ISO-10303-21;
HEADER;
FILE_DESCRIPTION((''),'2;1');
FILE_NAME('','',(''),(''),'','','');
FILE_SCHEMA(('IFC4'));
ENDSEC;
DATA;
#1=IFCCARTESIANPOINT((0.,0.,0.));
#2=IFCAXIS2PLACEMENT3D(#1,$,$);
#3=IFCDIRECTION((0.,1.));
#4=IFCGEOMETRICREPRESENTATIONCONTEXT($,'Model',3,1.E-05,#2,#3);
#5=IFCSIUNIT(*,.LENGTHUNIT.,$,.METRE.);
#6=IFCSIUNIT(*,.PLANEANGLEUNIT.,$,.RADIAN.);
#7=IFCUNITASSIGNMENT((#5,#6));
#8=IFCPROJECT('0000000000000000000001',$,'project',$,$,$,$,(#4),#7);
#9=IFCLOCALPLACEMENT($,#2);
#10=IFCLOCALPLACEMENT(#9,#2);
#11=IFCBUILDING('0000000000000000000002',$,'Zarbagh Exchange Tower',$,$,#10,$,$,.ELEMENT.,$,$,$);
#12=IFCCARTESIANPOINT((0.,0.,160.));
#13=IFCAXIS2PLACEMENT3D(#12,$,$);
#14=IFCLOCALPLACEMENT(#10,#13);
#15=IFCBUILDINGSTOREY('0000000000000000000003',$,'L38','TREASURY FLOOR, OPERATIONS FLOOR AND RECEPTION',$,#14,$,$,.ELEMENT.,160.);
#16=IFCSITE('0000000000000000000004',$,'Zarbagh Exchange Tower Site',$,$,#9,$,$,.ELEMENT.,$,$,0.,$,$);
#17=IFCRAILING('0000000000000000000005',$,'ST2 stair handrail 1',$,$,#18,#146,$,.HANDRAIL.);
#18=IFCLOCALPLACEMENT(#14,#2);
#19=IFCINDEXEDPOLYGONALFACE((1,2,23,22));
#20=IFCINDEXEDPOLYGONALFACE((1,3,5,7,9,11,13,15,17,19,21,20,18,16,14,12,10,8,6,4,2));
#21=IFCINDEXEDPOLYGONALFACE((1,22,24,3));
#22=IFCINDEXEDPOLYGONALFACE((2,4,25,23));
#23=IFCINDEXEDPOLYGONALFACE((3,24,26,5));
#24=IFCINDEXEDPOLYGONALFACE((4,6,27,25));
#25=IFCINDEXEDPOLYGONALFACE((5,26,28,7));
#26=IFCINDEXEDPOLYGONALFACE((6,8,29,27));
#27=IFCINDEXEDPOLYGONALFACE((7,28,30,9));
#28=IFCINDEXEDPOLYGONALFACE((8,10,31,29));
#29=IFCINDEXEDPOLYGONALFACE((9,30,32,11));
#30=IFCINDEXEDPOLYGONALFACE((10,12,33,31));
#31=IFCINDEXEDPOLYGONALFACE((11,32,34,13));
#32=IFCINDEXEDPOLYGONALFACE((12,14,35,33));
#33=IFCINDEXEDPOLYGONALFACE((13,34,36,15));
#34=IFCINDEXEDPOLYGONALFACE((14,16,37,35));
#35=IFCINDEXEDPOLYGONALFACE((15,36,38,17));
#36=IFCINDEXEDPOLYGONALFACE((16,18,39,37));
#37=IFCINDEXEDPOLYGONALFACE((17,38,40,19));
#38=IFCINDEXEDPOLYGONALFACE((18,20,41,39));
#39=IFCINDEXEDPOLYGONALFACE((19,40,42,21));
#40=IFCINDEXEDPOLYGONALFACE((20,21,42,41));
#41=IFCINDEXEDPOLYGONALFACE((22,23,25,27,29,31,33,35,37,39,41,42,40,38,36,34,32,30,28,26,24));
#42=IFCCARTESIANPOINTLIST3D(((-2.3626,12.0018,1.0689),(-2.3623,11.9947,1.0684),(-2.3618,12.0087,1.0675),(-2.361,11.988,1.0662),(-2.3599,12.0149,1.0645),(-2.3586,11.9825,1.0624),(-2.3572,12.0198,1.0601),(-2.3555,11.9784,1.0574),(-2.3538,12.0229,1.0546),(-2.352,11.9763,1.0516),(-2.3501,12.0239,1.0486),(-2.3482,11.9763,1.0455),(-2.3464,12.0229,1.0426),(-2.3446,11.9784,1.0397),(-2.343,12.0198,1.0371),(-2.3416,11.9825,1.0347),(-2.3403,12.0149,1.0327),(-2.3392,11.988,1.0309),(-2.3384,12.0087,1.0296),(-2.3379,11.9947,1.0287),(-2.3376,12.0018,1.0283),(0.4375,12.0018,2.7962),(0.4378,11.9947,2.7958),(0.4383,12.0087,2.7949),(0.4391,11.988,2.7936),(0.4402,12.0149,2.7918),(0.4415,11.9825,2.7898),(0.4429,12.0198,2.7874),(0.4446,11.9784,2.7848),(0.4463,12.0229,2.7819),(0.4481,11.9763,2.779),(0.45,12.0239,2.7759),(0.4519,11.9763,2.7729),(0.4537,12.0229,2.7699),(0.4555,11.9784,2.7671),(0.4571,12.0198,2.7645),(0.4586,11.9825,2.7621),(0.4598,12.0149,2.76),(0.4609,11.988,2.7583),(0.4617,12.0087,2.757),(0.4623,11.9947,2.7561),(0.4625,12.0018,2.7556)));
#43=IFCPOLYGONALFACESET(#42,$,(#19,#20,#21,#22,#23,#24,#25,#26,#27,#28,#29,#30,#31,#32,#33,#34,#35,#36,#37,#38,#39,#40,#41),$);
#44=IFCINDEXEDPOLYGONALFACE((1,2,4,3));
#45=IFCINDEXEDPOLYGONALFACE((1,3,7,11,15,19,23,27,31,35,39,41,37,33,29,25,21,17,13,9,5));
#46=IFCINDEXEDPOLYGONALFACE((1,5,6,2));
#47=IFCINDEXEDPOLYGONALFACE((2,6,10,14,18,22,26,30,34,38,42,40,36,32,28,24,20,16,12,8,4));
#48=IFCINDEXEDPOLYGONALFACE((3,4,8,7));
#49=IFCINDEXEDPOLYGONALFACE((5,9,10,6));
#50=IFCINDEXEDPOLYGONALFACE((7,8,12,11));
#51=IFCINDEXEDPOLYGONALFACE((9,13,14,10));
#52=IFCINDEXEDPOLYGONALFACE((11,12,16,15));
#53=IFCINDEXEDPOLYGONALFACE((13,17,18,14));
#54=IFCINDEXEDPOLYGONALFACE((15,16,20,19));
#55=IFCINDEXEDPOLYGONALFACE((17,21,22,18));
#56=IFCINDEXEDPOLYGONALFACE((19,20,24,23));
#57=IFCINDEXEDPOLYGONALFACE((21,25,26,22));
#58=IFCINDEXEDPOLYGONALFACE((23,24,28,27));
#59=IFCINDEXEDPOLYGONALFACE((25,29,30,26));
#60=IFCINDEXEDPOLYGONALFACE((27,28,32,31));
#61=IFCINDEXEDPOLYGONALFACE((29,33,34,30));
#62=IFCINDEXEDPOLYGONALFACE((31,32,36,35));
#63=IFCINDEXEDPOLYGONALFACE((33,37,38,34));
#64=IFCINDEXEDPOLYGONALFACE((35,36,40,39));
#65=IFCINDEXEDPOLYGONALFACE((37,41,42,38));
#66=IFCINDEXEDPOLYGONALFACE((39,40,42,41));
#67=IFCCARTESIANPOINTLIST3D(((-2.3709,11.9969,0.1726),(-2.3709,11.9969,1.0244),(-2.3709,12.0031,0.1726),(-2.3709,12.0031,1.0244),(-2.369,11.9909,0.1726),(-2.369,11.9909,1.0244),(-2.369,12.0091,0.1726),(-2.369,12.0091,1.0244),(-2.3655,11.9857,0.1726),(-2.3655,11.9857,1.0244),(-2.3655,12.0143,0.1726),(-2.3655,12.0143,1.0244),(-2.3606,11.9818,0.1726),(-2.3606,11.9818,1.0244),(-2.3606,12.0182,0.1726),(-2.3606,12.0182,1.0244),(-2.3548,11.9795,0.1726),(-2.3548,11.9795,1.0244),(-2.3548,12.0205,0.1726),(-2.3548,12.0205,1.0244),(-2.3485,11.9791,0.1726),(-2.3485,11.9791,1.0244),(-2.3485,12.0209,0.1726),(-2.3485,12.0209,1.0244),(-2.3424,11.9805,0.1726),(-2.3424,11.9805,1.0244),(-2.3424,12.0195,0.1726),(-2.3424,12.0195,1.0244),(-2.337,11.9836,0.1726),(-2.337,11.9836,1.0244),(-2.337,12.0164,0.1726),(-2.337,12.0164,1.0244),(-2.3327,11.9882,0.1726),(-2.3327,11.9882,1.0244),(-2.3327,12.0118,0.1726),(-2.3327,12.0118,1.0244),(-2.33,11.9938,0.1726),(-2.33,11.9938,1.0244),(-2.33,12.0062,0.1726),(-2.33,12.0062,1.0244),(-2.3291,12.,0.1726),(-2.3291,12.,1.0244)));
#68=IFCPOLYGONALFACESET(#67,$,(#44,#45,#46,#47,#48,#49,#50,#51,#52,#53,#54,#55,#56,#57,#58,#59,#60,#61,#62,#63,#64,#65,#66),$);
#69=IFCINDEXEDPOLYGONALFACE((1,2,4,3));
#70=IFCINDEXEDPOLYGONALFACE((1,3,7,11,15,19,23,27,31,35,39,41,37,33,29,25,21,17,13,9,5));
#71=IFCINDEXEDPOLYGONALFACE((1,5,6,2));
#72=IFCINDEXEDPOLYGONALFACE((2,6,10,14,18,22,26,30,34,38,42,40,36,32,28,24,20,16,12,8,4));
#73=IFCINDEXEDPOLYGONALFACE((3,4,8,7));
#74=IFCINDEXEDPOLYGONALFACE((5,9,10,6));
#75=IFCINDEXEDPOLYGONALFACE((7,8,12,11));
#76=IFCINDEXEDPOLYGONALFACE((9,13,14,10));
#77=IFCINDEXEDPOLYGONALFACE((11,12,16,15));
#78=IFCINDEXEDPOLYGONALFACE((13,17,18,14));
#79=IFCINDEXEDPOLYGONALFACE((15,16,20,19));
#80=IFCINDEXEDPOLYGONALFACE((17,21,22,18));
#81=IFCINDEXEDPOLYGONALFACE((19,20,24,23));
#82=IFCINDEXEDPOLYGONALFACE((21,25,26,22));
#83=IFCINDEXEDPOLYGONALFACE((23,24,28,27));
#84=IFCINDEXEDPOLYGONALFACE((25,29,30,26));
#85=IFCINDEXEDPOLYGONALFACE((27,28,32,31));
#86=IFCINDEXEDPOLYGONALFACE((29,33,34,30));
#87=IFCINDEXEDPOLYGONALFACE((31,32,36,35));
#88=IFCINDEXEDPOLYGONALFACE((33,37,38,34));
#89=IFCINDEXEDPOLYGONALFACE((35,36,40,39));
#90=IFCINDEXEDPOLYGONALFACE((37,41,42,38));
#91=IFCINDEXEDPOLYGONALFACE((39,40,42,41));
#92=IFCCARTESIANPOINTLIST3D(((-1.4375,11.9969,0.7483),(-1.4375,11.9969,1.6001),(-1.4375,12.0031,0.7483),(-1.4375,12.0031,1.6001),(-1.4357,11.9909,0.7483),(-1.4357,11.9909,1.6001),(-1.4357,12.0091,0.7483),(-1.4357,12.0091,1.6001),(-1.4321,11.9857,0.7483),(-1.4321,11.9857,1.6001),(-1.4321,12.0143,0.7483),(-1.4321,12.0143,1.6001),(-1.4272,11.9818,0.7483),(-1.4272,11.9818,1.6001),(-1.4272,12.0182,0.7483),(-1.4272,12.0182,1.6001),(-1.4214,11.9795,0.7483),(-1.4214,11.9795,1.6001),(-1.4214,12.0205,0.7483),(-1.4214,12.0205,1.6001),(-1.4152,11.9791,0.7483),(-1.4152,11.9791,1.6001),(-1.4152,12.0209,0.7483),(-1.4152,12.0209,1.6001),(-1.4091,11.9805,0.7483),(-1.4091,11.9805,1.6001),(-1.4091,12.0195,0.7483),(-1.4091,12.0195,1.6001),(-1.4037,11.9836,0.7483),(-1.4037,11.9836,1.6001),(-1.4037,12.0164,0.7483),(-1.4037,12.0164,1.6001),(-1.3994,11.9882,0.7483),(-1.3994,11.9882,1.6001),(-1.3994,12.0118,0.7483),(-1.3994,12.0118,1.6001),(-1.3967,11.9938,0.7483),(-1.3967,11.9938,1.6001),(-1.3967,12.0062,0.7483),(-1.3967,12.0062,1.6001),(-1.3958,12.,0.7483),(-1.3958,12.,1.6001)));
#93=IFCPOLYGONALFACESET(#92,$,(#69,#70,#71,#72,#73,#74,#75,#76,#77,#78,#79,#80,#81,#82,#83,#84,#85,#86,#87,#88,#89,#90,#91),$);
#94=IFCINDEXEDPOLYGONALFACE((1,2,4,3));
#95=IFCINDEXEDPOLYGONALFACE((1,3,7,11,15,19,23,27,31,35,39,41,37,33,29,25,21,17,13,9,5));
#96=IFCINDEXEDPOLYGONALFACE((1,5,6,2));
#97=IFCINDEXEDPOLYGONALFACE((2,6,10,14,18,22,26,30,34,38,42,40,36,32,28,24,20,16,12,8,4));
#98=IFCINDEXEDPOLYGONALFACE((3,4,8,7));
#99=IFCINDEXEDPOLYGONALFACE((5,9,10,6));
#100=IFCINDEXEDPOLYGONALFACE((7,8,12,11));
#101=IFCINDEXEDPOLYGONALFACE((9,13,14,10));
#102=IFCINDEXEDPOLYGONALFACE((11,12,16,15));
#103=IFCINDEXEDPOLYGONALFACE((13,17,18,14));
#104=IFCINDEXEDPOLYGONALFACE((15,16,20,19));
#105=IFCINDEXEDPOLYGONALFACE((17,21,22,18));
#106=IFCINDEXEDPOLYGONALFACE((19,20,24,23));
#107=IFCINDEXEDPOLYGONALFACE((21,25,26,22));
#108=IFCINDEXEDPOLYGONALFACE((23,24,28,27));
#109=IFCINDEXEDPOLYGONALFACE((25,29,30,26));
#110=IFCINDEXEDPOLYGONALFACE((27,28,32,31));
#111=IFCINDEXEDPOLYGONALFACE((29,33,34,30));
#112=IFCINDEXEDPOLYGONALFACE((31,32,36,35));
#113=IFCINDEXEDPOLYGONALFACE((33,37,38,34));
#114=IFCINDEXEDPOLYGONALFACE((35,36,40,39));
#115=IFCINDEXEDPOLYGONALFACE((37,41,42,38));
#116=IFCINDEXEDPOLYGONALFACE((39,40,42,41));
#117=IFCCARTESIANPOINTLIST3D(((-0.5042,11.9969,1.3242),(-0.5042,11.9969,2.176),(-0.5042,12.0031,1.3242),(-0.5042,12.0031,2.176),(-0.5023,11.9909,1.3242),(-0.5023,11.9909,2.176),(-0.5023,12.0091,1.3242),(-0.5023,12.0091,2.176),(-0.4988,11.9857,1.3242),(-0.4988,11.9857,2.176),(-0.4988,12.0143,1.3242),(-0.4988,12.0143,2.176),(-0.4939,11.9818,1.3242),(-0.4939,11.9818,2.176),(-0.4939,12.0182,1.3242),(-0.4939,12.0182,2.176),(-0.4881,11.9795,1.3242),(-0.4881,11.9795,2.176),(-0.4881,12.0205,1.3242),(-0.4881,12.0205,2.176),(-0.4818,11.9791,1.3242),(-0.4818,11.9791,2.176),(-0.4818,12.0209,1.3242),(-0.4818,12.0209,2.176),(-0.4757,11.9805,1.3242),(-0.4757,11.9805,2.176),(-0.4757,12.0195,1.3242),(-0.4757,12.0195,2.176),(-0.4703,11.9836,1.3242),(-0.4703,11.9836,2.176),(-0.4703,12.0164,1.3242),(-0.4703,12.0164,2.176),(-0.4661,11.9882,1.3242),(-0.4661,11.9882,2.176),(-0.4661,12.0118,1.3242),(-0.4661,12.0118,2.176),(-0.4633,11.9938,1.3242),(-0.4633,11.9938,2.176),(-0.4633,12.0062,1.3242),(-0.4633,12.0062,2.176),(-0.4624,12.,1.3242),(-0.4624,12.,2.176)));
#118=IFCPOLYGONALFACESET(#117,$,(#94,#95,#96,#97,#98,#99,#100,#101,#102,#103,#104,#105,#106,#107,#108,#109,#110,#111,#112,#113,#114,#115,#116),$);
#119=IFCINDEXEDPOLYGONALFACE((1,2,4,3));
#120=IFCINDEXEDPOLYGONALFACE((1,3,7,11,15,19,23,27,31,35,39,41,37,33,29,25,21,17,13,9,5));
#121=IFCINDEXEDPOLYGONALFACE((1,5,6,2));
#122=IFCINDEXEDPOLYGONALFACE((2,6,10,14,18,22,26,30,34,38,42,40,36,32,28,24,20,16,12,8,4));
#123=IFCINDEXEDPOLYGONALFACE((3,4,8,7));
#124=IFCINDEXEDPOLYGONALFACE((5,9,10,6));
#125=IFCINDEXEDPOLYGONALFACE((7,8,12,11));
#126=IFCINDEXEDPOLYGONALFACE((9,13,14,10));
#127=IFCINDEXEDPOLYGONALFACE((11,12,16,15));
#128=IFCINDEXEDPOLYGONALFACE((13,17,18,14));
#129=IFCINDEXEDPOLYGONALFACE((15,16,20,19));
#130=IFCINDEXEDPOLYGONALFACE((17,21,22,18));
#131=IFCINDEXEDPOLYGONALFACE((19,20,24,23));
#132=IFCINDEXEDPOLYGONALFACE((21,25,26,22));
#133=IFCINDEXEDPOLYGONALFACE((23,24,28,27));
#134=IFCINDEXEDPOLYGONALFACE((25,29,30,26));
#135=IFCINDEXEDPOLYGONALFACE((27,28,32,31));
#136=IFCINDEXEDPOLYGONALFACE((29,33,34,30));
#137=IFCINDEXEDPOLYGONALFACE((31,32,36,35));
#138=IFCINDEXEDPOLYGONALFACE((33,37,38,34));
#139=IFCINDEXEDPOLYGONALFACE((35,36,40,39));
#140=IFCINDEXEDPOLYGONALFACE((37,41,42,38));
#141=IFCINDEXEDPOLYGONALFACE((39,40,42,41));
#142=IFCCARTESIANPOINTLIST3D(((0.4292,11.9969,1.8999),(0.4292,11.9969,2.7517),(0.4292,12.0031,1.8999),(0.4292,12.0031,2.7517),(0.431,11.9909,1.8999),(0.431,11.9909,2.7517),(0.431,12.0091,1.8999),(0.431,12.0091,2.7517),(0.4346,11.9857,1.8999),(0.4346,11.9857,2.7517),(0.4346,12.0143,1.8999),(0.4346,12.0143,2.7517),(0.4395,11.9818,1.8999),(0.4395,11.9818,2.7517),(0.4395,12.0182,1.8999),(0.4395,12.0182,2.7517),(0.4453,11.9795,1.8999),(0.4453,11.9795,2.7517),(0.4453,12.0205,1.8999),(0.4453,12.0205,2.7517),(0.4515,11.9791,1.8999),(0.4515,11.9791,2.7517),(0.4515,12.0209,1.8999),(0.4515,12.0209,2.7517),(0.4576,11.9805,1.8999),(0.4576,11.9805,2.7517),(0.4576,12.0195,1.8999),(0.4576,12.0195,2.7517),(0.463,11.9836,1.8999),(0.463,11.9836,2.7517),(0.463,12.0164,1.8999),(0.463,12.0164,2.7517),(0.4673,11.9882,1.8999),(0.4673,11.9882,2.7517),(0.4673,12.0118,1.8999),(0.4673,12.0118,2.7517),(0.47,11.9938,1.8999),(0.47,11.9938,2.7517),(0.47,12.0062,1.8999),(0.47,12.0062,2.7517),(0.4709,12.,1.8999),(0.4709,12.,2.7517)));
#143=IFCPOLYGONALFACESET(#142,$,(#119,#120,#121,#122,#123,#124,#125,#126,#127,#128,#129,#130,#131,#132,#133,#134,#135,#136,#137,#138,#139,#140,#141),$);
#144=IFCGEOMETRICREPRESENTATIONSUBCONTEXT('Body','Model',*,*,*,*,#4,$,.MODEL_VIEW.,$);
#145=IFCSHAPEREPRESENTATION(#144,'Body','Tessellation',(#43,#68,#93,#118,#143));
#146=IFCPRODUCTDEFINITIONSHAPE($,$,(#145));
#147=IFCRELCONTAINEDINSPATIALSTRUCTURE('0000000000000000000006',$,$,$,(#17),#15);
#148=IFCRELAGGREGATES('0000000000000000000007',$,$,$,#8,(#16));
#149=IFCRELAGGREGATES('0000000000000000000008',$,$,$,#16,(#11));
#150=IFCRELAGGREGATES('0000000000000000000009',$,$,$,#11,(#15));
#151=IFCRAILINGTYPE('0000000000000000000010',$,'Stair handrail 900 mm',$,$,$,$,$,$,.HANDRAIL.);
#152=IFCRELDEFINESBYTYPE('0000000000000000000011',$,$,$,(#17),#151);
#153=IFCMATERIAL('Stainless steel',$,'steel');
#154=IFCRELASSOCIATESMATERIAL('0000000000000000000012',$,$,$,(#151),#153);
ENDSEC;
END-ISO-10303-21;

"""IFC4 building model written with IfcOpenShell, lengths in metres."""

from ifc_helpers import new_model, si_unit, direction, frame, origin, origin_2d, place, context, subcontext, project, spatial, circle, extrude, material, type_object, element, save


model = new_model("IFC4")

# Units and contexts
model_context = context("Model", 3, precision=1e-05, world=origin(), true_north=direction((0.0, 1.0)))
body_context = subcontext(model_context, "Body", "Model", "MODEL_VIEW")
ifc_project = project(units=[si_unit("LENGTHUNIT", "METRE"), si_unit("PLANEANGLEUNIT", "RADIAN")], contexts=[model_context])

# Site, building, storey
site_placement = place(None, origin())
site = spatial("IfcSite", under=ifc_project, at=site_placement, Name="Zarbagh Exchange Tower Site", CompositionType="ELEMENT", RefElevation=0.0)
building_placement = place(site_placement, origin())
building = spatial("IfcBuilding", under=site, at=building_placement, Name="Zarbagh Exchange Tower", CompositionType="ELEMENT")
storey_placement = place(building_placement, frame((0.0, 0.0, 160.0)))
storey = spatial("IfcBuildingStorey", under=building, at=storey_placement, Name="L38", Description="TREASURY FLOOR, OPERATIONS FLOOR AND RECEPTION", CompositionType="ELEMENT", Elevation=160.0)

# Railing
ifc_material_1 = material(Name="Stainless steel", Category="steel")
railing_type = type_object("IfcRailingType", Name="Stair handrail 900 mm", PredefinedType="HANDRAIL", material=ifc_material_1)
railing_placement = place(storey_placement, frame((-2.3501, 12.0, 0.1726)))
element("IfcRailing", 1, at=railing_placement, inside=storey, type_object=railing_type, Name="ST2 stair handrail 1", PredefinedType="HANDRAIL", context=body_context, shape_type="SweptSolid", body=[
    extrude(circle(Radius=0.0239, at=origin_2d()), frame((0.0, 0.0, 0.876), z_axis=(0.85109, 0.0, 0.52502), x_axis=(0.0, 1.0, 0.0)), (0.0, 0.0, 1.0), 3.29),
    extrude(circle(Radius=0.021, at=origin_2d()), origin(), (0.0, 0.0, 1.0), 0.8518),
    extrude(circle(Radius=0.021, at=origin_2d()), frame((0.9333, 0.0, 0.5757)), (0.0, 0.0, 1.0), 0.8518),
    extrude(circle(Radius=0.021, at=origin_2d()), frame((1.8667, 0.0, 1.1516)), (0.0, 0.0, 1.0), 0.8518),
    extrude(circle(Radius=0.021, at=origin_2d()), frame((2.8, 0.0, 1.7273)), (0.0, 0.0, 1.0), 0.8518),
])

save(model, "model.ifc")
